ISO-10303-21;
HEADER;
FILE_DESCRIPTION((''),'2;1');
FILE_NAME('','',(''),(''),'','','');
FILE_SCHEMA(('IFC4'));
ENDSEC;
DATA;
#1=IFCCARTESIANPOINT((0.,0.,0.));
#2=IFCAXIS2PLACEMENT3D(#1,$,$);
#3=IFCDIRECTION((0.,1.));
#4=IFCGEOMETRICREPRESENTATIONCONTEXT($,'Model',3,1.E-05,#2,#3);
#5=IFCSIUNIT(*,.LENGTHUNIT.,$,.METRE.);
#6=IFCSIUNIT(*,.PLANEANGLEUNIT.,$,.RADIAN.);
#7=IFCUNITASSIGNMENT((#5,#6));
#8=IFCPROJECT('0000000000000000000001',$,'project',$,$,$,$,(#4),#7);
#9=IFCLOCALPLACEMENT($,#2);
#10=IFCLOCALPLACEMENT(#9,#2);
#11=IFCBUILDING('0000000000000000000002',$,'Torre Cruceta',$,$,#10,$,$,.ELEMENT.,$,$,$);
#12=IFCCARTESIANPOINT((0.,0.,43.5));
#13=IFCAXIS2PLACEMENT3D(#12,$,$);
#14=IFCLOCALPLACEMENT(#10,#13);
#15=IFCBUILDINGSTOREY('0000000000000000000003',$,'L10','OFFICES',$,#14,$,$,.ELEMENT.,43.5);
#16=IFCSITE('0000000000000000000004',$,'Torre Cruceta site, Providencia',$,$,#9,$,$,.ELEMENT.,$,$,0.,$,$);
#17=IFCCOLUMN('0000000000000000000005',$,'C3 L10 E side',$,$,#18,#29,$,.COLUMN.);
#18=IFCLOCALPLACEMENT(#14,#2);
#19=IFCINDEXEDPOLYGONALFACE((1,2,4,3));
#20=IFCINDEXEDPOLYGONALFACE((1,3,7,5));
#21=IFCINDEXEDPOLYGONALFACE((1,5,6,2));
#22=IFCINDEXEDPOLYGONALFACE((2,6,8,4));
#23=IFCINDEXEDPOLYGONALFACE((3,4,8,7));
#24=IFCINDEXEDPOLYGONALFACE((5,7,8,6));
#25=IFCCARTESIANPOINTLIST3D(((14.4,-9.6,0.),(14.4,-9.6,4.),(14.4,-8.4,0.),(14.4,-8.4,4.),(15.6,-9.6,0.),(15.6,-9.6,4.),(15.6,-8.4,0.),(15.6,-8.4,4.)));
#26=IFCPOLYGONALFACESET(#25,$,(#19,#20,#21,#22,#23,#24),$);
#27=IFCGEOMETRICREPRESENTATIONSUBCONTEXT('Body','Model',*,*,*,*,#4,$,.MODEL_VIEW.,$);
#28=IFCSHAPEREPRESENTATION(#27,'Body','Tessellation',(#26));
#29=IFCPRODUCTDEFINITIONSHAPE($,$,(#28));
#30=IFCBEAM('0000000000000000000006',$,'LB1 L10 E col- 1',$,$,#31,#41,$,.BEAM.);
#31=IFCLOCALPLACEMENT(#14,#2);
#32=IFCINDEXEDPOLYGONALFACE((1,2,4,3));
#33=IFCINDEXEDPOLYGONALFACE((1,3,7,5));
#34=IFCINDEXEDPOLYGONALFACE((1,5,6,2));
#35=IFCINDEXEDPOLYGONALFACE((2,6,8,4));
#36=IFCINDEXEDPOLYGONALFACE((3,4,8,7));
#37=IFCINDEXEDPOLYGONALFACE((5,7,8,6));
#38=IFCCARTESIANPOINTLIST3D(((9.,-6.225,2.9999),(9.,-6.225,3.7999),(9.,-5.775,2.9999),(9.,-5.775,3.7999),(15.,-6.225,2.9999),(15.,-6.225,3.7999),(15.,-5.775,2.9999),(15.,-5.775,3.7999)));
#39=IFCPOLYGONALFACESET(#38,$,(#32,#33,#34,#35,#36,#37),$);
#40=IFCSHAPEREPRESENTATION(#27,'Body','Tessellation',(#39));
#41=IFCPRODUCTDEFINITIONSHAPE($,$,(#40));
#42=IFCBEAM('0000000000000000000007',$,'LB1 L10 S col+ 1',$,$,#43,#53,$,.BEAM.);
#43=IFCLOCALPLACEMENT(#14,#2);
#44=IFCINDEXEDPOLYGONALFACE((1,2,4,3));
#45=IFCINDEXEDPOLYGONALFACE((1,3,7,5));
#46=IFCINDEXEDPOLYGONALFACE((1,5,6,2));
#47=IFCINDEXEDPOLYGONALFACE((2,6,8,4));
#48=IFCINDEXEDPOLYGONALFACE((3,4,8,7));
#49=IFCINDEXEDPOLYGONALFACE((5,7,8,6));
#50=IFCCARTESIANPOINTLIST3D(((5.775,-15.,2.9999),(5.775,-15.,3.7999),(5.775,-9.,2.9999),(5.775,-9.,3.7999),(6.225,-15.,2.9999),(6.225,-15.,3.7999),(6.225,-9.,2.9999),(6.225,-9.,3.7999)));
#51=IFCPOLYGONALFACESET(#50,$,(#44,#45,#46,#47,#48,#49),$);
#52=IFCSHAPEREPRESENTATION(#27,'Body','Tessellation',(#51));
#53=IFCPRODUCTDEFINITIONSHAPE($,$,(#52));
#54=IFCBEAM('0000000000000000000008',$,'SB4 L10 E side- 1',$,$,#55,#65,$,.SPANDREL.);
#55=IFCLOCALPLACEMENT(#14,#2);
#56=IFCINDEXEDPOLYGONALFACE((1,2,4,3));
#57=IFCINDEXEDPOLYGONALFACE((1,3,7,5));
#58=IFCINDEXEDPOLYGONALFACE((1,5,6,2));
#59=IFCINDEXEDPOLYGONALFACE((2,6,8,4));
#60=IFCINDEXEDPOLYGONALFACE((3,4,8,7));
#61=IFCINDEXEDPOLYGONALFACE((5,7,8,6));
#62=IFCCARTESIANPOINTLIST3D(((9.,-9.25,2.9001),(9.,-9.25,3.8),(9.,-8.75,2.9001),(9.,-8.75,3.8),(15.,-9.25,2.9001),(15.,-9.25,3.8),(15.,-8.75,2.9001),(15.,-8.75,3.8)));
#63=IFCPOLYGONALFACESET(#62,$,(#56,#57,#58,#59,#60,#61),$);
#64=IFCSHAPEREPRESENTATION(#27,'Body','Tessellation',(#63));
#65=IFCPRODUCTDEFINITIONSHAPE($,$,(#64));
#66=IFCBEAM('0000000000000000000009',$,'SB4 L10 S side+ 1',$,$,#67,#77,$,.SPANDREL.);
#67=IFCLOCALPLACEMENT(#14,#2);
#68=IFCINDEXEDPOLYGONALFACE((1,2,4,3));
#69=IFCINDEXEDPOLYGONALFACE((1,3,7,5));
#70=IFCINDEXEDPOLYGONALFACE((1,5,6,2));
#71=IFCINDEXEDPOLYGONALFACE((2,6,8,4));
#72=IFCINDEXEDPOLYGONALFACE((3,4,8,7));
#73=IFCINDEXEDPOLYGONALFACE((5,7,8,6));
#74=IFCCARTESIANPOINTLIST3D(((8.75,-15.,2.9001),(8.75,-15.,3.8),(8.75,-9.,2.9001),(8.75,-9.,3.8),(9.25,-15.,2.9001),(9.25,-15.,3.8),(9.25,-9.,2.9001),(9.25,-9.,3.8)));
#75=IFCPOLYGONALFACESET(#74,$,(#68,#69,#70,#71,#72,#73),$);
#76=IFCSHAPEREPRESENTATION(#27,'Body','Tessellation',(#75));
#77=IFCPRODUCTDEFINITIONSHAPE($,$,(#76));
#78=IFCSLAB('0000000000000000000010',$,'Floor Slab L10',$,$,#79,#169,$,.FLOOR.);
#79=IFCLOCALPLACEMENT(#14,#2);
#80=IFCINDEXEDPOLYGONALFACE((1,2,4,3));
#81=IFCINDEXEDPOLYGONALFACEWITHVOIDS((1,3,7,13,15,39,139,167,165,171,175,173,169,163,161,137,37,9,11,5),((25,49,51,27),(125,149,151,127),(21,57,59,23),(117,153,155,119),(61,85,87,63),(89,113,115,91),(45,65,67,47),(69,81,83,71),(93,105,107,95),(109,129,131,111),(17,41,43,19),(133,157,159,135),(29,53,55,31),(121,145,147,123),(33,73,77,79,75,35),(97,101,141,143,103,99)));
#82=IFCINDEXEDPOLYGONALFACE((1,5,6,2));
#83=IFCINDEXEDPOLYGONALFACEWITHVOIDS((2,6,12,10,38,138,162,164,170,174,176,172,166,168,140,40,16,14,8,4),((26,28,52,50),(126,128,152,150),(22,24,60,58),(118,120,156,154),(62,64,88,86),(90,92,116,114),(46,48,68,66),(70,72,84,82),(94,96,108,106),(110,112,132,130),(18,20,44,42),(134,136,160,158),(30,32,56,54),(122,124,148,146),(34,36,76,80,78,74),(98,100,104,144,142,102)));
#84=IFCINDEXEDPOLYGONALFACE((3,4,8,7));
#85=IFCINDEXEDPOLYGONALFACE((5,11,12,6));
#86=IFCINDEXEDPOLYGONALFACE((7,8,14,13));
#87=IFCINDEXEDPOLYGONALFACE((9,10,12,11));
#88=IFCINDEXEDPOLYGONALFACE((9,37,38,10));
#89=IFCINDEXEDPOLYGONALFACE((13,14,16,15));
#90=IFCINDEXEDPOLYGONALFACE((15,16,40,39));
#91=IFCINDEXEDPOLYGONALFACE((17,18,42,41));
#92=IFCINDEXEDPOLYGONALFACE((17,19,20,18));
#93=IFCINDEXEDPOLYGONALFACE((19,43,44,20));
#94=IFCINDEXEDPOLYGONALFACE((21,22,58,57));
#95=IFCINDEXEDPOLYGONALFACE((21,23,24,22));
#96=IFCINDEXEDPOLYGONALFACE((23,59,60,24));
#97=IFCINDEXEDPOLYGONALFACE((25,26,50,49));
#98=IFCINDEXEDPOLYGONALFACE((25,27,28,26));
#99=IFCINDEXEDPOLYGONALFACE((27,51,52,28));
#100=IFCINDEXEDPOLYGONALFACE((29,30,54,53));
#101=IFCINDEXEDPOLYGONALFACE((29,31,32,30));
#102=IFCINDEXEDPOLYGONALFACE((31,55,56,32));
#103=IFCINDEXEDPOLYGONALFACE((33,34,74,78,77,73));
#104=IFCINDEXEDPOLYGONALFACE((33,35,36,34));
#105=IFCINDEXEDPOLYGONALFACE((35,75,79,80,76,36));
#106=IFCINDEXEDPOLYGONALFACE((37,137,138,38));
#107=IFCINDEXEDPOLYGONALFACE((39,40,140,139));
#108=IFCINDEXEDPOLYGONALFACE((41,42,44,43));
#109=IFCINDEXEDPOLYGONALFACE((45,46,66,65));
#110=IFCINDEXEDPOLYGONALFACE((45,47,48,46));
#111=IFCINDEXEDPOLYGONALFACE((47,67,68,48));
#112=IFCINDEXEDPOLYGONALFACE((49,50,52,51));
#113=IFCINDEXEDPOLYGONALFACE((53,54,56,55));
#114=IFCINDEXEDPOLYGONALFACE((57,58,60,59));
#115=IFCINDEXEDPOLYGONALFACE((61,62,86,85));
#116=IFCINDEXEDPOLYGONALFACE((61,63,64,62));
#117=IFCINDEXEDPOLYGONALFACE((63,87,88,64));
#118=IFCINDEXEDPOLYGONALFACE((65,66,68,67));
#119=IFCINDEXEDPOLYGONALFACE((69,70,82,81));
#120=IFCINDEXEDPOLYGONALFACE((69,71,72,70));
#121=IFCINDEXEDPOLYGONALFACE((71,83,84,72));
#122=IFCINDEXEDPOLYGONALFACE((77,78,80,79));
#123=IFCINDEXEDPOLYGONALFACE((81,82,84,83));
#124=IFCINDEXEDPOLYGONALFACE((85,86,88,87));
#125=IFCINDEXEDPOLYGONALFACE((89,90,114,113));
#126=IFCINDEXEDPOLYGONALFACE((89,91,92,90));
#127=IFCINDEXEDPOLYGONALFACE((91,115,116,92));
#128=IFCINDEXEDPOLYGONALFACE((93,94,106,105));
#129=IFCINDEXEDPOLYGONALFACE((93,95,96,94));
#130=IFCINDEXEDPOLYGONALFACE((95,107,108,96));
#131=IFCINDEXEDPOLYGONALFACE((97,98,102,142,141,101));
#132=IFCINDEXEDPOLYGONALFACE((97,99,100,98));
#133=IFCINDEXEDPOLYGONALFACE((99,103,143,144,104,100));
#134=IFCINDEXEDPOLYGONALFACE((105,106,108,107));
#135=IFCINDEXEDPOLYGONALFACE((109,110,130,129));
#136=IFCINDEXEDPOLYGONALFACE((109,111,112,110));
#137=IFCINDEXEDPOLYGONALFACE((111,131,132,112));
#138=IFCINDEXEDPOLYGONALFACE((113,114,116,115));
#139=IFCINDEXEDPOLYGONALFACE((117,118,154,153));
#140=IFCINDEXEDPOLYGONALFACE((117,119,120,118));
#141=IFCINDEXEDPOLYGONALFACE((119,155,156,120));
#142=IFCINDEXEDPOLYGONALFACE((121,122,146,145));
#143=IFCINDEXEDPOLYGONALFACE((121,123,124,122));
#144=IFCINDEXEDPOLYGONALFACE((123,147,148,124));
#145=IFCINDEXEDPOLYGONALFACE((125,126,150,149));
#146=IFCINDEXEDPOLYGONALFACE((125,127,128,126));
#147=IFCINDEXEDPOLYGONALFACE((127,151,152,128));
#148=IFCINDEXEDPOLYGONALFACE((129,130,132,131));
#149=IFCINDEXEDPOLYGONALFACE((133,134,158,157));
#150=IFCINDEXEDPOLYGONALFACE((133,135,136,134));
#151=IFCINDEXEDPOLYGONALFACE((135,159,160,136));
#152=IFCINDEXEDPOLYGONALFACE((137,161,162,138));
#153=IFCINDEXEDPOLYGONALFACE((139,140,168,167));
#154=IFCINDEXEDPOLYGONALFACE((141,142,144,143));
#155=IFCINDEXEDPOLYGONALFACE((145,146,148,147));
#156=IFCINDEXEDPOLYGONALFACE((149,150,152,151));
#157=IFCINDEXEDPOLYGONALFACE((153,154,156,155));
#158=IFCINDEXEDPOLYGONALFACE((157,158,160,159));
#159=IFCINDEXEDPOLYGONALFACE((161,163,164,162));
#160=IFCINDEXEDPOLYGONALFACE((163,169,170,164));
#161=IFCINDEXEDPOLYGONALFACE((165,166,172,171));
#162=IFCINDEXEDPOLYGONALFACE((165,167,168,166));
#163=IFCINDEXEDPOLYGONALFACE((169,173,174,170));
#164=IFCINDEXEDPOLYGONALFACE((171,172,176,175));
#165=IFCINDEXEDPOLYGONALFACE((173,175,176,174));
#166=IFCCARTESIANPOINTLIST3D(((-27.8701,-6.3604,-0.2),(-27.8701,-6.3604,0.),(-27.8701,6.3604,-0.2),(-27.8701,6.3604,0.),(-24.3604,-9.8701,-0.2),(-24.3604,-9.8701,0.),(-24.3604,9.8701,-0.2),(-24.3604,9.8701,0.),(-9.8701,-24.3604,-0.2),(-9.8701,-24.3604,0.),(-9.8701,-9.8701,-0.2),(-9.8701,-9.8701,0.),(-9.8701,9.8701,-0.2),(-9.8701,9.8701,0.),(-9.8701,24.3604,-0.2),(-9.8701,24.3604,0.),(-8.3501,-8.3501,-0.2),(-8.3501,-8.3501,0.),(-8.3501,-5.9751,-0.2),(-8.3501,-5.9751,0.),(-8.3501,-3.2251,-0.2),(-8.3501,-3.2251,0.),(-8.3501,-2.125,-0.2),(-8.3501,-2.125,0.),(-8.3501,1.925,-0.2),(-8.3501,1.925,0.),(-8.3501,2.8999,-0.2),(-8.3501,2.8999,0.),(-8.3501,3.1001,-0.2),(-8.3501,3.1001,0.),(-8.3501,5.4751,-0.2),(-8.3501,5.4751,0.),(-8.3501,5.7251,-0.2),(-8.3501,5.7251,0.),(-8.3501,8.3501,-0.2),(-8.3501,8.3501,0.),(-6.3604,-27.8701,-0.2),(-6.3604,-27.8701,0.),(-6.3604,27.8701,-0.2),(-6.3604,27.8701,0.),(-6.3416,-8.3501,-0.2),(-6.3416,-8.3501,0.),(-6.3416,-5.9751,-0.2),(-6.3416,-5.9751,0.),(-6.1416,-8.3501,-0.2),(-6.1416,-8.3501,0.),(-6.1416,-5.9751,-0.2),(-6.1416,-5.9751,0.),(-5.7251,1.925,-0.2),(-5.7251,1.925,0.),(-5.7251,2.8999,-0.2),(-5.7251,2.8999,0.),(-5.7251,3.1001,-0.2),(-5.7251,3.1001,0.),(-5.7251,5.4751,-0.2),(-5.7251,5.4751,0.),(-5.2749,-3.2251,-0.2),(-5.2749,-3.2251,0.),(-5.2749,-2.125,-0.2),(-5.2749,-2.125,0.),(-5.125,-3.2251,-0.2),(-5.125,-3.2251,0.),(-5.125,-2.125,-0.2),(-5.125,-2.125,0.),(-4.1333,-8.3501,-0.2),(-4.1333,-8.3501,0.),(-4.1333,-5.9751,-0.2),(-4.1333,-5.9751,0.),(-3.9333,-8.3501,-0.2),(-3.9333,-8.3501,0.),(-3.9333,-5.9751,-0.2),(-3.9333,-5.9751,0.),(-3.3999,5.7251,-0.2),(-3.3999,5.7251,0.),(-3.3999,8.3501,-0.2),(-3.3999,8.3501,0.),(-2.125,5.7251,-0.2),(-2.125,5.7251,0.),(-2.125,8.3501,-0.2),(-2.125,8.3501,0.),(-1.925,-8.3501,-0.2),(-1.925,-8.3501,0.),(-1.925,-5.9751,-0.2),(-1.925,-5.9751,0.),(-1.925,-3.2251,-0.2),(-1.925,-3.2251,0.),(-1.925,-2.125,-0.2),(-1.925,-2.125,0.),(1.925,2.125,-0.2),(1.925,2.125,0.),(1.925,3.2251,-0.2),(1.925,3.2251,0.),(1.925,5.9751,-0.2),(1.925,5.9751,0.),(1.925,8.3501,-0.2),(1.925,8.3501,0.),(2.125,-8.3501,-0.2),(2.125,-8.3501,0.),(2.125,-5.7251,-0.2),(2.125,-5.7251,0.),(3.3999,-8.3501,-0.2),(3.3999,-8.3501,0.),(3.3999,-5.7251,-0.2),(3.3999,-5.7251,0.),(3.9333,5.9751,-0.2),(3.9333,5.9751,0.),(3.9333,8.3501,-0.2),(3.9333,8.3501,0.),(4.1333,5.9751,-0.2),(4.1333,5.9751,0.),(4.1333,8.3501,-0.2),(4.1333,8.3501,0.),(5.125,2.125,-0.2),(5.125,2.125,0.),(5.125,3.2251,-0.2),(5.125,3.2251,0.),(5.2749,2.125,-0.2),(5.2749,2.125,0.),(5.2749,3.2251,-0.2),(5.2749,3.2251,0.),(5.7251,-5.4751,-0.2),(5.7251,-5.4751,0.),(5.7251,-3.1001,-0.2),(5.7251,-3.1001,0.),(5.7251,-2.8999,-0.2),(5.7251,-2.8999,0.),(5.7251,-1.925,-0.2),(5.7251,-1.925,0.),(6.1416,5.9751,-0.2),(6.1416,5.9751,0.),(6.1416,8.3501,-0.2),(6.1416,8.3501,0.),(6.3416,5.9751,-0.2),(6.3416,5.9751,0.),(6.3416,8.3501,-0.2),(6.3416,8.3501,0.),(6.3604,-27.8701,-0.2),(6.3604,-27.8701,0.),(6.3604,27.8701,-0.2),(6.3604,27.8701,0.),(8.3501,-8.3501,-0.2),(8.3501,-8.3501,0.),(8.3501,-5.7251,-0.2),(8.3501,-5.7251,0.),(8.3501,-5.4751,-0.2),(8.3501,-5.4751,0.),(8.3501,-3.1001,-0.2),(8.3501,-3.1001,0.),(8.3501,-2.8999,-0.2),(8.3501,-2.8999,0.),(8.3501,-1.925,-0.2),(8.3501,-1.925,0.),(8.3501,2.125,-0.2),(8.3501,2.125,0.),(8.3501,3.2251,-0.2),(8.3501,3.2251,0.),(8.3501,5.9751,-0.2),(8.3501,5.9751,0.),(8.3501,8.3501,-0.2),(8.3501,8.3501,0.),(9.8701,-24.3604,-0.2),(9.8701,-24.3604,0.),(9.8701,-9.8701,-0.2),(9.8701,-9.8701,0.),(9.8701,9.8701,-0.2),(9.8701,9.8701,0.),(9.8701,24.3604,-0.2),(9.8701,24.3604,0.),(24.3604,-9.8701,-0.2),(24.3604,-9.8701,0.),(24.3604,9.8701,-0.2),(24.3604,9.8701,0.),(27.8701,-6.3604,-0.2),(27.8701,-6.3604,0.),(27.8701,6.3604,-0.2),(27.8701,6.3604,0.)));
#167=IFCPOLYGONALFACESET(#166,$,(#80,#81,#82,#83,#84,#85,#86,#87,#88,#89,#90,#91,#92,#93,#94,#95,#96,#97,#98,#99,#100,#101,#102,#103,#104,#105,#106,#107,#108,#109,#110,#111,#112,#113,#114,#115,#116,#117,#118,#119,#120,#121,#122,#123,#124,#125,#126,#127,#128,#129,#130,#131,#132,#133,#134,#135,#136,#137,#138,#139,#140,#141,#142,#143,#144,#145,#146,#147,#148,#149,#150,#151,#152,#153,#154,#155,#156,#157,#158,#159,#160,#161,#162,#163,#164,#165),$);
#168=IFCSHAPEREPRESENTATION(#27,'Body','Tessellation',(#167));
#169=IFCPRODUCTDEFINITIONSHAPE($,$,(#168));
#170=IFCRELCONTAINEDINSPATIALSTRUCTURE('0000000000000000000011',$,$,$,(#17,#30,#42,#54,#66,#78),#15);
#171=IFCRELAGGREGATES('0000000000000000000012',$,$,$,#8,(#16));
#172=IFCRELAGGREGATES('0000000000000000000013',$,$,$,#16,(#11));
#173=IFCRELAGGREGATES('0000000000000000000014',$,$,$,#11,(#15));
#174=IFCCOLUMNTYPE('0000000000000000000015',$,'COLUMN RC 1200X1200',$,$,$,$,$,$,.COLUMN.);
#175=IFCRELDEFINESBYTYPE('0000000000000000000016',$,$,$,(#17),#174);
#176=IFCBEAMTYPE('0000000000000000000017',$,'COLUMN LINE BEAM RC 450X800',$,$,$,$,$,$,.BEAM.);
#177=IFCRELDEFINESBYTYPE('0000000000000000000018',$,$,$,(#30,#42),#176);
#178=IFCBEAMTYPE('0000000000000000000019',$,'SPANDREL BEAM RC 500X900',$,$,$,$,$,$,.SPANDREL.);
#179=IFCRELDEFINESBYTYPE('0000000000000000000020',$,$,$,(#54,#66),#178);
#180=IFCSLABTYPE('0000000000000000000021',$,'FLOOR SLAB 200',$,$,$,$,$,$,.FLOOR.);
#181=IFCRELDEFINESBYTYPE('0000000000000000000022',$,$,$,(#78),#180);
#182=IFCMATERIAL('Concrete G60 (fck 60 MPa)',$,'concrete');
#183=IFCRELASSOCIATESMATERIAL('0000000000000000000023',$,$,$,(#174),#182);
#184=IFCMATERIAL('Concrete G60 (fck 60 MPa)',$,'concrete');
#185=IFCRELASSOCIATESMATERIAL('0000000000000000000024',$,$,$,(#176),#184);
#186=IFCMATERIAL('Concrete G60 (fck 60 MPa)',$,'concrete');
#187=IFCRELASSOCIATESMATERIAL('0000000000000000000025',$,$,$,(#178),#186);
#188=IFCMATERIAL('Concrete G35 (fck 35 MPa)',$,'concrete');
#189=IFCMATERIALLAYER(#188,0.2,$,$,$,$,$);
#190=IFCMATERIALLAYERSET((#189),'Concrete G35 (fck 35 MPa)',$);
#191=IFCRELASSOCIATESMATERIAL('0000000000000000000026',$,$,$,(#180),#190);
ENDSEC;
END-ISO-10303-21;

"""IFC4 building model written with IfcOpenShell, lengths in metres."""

from ifc_helpers import new_model, si_unit, direction, frame, origin, origin_2d, place, context, subcontext, project, spatial, polyline, rectangle, outline, extrude, material, layer, layer_set, material_profile, profile_set, type_object, element, save


model = new_model("IFC4")

# Units and contexts
model_context = context("Model", 3, precision=1e-05, world=origin(), true_north=direction((0.0, 1.0)))
body_context = subcontext(model_context, "Body", "Model", "MODEL_VIEW")
ifc_project = project(units=[si_unit("LENGTHUNIT", "METRE"), si_unit("PLANEANGLEUNIT", "RADIAN")], contexts=[model_context])

# Site, building, storey
site_placement = place(None, origin())
site = spatial("IfcSite", under=ifc_project, at=site_placement, Name="Torre Cruceta site, Providencia", CompositionType="ELEMENT", RefElevation=0.0)
building_placement = place(site_placement, origin())
building = spatial("IfcBuilding", under=site, at=building_placement, Name="Torre Cruceta", CompositionType="ELEMENT")
storey_placement = place(building_placement, frame((0.0, 0.0, 43.5)))
storey = spatial("IfcBuildingStorey", under=building, at=storey_placement, Name="L10", Description="OFFICES", CompositionType="ELEMENT", Elevation=43.5)

# Column
ifc_material_1 = material(Name="Concrete G60 (fck 60 MPa)", Category="concrete")
ifc_material_profile_1 = material_profile(ifc_material_1, rectangle(XDim=1.2, YDim=1.2, at=origin_2d()), Name="RC 1200X1200")
ifc_profile_set_1 = profile_set([ifc_material_profile_1], Name="Concrete G60 (fck 60 MPa)")
column_type = type_object("IfcColumnType", Name="COLUMN RC 1200X1200", PredefinedType="COLUMN", material=ifc_profile_set_1)
column_placement = place(storey_placement, frame((15.0, -9.0, 0.0), z_axis=(0.0, 0.0, 1.0), x_axis=(1.0, 0.0, 0.0)))
element("IfcColumn", 1, at=column_placement, inside=storey, type_object=column_type, Name="C3 L10 E side", PredefinedType="COLUMN", context=body_context, shape_type="SweptSolid", body=[
    extrude(rectangle(XDim=1.2, YDim=1.2, at=origin_2d()), origin(), (0.0, 0.0, 1.0), 4.0),
])

# Beams
ifc_material_2 = material(Name="Concrete G60 (fck 60 MPa)", Category="concrete")
ifc_material_profile_2 = material_profile(ifc_material_2, rectangle(XDim=0.45, YDim=0.8, at=origin_2d()), Name="RC 450X800")
ifc_profile_set_2 = profile_set([ifc_material_profile_2], Name="Concrete G60 (fck 60 MPa)")
beam_type_1 = type_object("IfcBeamType", Name="COLUMN LINE BEAM RC 450X800", PredefinedType="BEAM", material=ifc_profile_set_2)
for number, where, z_axis, x_axis, name in (
    (2, (9.0, -6.0, 3.3999), (1.0, 0.0, 0.0), (0.0, 1.0, 0.0), "LB1 L10 E col- 1"),
    (3, (6.0, -9.0, 3.3999), (0.0, -1.0, 0.0), (1.0, 0.0, 0.0), "LB1 L10 S col+ 1"),
):
    element("IfcBeam", number, at=place(storey_placement, frame(where, z_axis=z_axis, x_axis=x_axis)), inside=storey, type_object=beam_type_1, Name=name, PredefinedType="BEAM", context=body_context, shape_type="SweptSolid", body=[
        extrude(rectangle(XDim=0.45, YDim=0.8, at=origin_2d()), origin(), (0.0, 0.0, 1.0), 6.0),
    ])
ifc_material_3 = material(Name="Concrete G60 (fck 60 MPa)", Category="concrete")
ifc_material_profile_3 = material_profile(ifc_material_3, rectangle(XDim=0.5, YDim=0.8999, at=origin_2d()), Name="RC 500X900")
ifc_profile_set_3 = profile_set([ifc_material_profile_3], Name="Concrete G60 (fck 60 MPa)")
beam_type_2 = type_object("IfcBeamType", Name="SPANDREL BEAM RC 500X900", PredefinedType="SPANDREL", material=ifc_profile_set_3)
for number, where, z_axis, x_axis, name in (
    (4, (9.0, -9.0, 3.3501), (1.0, 0.0, 0.0), (0.0, 1.0, 0.0), "SB4 L10 E side- 1"),
    (5, (9.0, -9.0, 3.3501), (0.0, -1.0, 0.0), (1.0, 0.0, 0.0), "SB4 L10 S side+ 1"),
):
    element("IfcBeam", number, at=place(storey_placement, frame(where, z_axis=z_axis, x_axis=x_axis)), inside=storey, type_object=beam_type_2, Name=name, PredefinedType="SPANDREL", context=body_context, shape_type="SweptSolid", body=[
        extrude(rectangle(XDim=0.5, YDim=0.8999, at=origin_2d()), origin(), (0.0, 0.0, 1.0), 6.0),
    ])

# Slab
ifc_material_4 = material(Name="Concrete G35 (fck 35 MPa)", Category="concrete")
ifc_layer_1 = layer(ifc_material_4, 0.2)
ifc_layer_set_1 = layer_set([ifc_layer_1], Name="Concrete G35 (fck 35 MPa)")
slab_type_1 = type_object("IfcSlabType", Name="FLOOR SLAB 200", PredefinedType="FLOOR", material=ifc_layer_set_1)
slab_1_placement = place(storey_placement, frame((0.0, 0.0, -0.2)))
element("IfcSlab", 6, at=slab_1_placement, inside=storey, type_object=slab_type_1, Name="Floor Slab L10", PredefinedType="FLOOR", context=body_context, shape_type="SweptSolid", body=[
    extrude(outline(polyline([(9.8701, -9.8701), (9.8701, -24.3604), (6.3604, -27.8701), (-6.3604, -27.8701), (-9.8701, -24.3604), (-9.8701, -9.8701), (-24.3604, -9.8701), (-27.8701, -6.3604), (-27.8701, 6.3604), (-24.3604, 9.8701), (-9.8701, 9.8701), (-9.8701, 24.3604), (-6.3604, 27.8701), (6.3604, 27.8701), (9.8701, 24.3604), (9.8701, 9.8701), (24.3604, 9.8701), (27.8701, 6.3604), (27.8701, -6.3604), (24.3604, -9.8701), (9.8701, -9.8701)]), holes=[polyline([(1.925, 5.9751), (3.9333, 5.9751), (3.9333, 8.3501), (1.925, 8.3501), (1.925, 5.9751)]), polyline([(4.1333, 5.9751), (6.1416, 5.9751), (6.1416, 8.3501), (4.1333, 8.3501), (4.1333, 5.9751)]), polyline([(6.3416, 5.9751), (8.3501, 5.9751), (8.3501, 8.3501), (6.3416, 8.3501), (6.3416, 5.9751)]), polyline([(1.925, 2.125), (5.125, 2.125), (5.125, 3.2251), (1.925, 3.2251), (1.925, 2.125)]), polyline([(5.2749, 2.125), (8.3501, 2.125), (8.3501, 3.2251), (5.2749, 3.2251), (5.2749, 2.125)]), polyline([(-8.3501, 3.1001), (-5.7251, 3.1001), (-5.7251, 5.4751), (-8.3501, 5.4751), (-8.3501, 3.1001)]), polyline([(-8.3501, 1.925), (-5.7251, 1.925), (-5.7251, 2.8999), (-8.3501, 2.8999), (-8.3501, 1.925)]), polyline([(-3.9333, -8.3501), (-1.925, -8.3501), (-1.925, -5.9751), (-3.9333, -5.9751), (-3.9333, -8.3501)]), polyline([(-6.1416, -8.3501), (-4.1333, -8.3501), (-4.1333, -5.9751), (-6.1416, -5.9751), (-6.1416, -8.3501)]), polyline([(-8.3501, -8.3501), (-6.3416, -8.3501), (-6.3416, -5.9751), (-8.3501, -5.9751), (-8.3501, -8.3501)]), polyline([(-5.125, -3.2251), (-1.925, -3.2251), (-1.925, -2.125), (-5.125, -2.125), (-5.125, -3.2251)]), polyline([(-8.3501, -3.2251), (-5.2749, -3.2251), (-5.2749, -2.125), (-8.3501, -2.125), (-8.3501, -3.2251)]), polyline([(5.7251, -5.4751), (8.3501, -5.4751), (8.3501, -3.1001), (5.7251, -3.1001), (5.7251, -5.4751)]), polyline([(5.7251, -2.8999), (8.3501, -2.8999), (8.3501, -1.925), (5.7251, -1.925), (5.7251, -2.8999)]), polyline([(-8.3501, 5.7251), (-8.3501, 8.3501), (-3.3999, 8.3501), (-2.125, 8.3501), (-2.125, 5.7251), (-3.3999, 5.7251), (-8.3501, 5.7251)]), polyline([(2.125, -5.7251), (3.3999, -5.7251), (8.3501, -5.7251), (8.3501, -8.3501), (3.3999, -8.3501), (2.125, -8.3501), (2.125, -5.7251)])]), origin(), (0.0, 0.0, 1.0), 0.2),
])

save(model, "model.ifc")
